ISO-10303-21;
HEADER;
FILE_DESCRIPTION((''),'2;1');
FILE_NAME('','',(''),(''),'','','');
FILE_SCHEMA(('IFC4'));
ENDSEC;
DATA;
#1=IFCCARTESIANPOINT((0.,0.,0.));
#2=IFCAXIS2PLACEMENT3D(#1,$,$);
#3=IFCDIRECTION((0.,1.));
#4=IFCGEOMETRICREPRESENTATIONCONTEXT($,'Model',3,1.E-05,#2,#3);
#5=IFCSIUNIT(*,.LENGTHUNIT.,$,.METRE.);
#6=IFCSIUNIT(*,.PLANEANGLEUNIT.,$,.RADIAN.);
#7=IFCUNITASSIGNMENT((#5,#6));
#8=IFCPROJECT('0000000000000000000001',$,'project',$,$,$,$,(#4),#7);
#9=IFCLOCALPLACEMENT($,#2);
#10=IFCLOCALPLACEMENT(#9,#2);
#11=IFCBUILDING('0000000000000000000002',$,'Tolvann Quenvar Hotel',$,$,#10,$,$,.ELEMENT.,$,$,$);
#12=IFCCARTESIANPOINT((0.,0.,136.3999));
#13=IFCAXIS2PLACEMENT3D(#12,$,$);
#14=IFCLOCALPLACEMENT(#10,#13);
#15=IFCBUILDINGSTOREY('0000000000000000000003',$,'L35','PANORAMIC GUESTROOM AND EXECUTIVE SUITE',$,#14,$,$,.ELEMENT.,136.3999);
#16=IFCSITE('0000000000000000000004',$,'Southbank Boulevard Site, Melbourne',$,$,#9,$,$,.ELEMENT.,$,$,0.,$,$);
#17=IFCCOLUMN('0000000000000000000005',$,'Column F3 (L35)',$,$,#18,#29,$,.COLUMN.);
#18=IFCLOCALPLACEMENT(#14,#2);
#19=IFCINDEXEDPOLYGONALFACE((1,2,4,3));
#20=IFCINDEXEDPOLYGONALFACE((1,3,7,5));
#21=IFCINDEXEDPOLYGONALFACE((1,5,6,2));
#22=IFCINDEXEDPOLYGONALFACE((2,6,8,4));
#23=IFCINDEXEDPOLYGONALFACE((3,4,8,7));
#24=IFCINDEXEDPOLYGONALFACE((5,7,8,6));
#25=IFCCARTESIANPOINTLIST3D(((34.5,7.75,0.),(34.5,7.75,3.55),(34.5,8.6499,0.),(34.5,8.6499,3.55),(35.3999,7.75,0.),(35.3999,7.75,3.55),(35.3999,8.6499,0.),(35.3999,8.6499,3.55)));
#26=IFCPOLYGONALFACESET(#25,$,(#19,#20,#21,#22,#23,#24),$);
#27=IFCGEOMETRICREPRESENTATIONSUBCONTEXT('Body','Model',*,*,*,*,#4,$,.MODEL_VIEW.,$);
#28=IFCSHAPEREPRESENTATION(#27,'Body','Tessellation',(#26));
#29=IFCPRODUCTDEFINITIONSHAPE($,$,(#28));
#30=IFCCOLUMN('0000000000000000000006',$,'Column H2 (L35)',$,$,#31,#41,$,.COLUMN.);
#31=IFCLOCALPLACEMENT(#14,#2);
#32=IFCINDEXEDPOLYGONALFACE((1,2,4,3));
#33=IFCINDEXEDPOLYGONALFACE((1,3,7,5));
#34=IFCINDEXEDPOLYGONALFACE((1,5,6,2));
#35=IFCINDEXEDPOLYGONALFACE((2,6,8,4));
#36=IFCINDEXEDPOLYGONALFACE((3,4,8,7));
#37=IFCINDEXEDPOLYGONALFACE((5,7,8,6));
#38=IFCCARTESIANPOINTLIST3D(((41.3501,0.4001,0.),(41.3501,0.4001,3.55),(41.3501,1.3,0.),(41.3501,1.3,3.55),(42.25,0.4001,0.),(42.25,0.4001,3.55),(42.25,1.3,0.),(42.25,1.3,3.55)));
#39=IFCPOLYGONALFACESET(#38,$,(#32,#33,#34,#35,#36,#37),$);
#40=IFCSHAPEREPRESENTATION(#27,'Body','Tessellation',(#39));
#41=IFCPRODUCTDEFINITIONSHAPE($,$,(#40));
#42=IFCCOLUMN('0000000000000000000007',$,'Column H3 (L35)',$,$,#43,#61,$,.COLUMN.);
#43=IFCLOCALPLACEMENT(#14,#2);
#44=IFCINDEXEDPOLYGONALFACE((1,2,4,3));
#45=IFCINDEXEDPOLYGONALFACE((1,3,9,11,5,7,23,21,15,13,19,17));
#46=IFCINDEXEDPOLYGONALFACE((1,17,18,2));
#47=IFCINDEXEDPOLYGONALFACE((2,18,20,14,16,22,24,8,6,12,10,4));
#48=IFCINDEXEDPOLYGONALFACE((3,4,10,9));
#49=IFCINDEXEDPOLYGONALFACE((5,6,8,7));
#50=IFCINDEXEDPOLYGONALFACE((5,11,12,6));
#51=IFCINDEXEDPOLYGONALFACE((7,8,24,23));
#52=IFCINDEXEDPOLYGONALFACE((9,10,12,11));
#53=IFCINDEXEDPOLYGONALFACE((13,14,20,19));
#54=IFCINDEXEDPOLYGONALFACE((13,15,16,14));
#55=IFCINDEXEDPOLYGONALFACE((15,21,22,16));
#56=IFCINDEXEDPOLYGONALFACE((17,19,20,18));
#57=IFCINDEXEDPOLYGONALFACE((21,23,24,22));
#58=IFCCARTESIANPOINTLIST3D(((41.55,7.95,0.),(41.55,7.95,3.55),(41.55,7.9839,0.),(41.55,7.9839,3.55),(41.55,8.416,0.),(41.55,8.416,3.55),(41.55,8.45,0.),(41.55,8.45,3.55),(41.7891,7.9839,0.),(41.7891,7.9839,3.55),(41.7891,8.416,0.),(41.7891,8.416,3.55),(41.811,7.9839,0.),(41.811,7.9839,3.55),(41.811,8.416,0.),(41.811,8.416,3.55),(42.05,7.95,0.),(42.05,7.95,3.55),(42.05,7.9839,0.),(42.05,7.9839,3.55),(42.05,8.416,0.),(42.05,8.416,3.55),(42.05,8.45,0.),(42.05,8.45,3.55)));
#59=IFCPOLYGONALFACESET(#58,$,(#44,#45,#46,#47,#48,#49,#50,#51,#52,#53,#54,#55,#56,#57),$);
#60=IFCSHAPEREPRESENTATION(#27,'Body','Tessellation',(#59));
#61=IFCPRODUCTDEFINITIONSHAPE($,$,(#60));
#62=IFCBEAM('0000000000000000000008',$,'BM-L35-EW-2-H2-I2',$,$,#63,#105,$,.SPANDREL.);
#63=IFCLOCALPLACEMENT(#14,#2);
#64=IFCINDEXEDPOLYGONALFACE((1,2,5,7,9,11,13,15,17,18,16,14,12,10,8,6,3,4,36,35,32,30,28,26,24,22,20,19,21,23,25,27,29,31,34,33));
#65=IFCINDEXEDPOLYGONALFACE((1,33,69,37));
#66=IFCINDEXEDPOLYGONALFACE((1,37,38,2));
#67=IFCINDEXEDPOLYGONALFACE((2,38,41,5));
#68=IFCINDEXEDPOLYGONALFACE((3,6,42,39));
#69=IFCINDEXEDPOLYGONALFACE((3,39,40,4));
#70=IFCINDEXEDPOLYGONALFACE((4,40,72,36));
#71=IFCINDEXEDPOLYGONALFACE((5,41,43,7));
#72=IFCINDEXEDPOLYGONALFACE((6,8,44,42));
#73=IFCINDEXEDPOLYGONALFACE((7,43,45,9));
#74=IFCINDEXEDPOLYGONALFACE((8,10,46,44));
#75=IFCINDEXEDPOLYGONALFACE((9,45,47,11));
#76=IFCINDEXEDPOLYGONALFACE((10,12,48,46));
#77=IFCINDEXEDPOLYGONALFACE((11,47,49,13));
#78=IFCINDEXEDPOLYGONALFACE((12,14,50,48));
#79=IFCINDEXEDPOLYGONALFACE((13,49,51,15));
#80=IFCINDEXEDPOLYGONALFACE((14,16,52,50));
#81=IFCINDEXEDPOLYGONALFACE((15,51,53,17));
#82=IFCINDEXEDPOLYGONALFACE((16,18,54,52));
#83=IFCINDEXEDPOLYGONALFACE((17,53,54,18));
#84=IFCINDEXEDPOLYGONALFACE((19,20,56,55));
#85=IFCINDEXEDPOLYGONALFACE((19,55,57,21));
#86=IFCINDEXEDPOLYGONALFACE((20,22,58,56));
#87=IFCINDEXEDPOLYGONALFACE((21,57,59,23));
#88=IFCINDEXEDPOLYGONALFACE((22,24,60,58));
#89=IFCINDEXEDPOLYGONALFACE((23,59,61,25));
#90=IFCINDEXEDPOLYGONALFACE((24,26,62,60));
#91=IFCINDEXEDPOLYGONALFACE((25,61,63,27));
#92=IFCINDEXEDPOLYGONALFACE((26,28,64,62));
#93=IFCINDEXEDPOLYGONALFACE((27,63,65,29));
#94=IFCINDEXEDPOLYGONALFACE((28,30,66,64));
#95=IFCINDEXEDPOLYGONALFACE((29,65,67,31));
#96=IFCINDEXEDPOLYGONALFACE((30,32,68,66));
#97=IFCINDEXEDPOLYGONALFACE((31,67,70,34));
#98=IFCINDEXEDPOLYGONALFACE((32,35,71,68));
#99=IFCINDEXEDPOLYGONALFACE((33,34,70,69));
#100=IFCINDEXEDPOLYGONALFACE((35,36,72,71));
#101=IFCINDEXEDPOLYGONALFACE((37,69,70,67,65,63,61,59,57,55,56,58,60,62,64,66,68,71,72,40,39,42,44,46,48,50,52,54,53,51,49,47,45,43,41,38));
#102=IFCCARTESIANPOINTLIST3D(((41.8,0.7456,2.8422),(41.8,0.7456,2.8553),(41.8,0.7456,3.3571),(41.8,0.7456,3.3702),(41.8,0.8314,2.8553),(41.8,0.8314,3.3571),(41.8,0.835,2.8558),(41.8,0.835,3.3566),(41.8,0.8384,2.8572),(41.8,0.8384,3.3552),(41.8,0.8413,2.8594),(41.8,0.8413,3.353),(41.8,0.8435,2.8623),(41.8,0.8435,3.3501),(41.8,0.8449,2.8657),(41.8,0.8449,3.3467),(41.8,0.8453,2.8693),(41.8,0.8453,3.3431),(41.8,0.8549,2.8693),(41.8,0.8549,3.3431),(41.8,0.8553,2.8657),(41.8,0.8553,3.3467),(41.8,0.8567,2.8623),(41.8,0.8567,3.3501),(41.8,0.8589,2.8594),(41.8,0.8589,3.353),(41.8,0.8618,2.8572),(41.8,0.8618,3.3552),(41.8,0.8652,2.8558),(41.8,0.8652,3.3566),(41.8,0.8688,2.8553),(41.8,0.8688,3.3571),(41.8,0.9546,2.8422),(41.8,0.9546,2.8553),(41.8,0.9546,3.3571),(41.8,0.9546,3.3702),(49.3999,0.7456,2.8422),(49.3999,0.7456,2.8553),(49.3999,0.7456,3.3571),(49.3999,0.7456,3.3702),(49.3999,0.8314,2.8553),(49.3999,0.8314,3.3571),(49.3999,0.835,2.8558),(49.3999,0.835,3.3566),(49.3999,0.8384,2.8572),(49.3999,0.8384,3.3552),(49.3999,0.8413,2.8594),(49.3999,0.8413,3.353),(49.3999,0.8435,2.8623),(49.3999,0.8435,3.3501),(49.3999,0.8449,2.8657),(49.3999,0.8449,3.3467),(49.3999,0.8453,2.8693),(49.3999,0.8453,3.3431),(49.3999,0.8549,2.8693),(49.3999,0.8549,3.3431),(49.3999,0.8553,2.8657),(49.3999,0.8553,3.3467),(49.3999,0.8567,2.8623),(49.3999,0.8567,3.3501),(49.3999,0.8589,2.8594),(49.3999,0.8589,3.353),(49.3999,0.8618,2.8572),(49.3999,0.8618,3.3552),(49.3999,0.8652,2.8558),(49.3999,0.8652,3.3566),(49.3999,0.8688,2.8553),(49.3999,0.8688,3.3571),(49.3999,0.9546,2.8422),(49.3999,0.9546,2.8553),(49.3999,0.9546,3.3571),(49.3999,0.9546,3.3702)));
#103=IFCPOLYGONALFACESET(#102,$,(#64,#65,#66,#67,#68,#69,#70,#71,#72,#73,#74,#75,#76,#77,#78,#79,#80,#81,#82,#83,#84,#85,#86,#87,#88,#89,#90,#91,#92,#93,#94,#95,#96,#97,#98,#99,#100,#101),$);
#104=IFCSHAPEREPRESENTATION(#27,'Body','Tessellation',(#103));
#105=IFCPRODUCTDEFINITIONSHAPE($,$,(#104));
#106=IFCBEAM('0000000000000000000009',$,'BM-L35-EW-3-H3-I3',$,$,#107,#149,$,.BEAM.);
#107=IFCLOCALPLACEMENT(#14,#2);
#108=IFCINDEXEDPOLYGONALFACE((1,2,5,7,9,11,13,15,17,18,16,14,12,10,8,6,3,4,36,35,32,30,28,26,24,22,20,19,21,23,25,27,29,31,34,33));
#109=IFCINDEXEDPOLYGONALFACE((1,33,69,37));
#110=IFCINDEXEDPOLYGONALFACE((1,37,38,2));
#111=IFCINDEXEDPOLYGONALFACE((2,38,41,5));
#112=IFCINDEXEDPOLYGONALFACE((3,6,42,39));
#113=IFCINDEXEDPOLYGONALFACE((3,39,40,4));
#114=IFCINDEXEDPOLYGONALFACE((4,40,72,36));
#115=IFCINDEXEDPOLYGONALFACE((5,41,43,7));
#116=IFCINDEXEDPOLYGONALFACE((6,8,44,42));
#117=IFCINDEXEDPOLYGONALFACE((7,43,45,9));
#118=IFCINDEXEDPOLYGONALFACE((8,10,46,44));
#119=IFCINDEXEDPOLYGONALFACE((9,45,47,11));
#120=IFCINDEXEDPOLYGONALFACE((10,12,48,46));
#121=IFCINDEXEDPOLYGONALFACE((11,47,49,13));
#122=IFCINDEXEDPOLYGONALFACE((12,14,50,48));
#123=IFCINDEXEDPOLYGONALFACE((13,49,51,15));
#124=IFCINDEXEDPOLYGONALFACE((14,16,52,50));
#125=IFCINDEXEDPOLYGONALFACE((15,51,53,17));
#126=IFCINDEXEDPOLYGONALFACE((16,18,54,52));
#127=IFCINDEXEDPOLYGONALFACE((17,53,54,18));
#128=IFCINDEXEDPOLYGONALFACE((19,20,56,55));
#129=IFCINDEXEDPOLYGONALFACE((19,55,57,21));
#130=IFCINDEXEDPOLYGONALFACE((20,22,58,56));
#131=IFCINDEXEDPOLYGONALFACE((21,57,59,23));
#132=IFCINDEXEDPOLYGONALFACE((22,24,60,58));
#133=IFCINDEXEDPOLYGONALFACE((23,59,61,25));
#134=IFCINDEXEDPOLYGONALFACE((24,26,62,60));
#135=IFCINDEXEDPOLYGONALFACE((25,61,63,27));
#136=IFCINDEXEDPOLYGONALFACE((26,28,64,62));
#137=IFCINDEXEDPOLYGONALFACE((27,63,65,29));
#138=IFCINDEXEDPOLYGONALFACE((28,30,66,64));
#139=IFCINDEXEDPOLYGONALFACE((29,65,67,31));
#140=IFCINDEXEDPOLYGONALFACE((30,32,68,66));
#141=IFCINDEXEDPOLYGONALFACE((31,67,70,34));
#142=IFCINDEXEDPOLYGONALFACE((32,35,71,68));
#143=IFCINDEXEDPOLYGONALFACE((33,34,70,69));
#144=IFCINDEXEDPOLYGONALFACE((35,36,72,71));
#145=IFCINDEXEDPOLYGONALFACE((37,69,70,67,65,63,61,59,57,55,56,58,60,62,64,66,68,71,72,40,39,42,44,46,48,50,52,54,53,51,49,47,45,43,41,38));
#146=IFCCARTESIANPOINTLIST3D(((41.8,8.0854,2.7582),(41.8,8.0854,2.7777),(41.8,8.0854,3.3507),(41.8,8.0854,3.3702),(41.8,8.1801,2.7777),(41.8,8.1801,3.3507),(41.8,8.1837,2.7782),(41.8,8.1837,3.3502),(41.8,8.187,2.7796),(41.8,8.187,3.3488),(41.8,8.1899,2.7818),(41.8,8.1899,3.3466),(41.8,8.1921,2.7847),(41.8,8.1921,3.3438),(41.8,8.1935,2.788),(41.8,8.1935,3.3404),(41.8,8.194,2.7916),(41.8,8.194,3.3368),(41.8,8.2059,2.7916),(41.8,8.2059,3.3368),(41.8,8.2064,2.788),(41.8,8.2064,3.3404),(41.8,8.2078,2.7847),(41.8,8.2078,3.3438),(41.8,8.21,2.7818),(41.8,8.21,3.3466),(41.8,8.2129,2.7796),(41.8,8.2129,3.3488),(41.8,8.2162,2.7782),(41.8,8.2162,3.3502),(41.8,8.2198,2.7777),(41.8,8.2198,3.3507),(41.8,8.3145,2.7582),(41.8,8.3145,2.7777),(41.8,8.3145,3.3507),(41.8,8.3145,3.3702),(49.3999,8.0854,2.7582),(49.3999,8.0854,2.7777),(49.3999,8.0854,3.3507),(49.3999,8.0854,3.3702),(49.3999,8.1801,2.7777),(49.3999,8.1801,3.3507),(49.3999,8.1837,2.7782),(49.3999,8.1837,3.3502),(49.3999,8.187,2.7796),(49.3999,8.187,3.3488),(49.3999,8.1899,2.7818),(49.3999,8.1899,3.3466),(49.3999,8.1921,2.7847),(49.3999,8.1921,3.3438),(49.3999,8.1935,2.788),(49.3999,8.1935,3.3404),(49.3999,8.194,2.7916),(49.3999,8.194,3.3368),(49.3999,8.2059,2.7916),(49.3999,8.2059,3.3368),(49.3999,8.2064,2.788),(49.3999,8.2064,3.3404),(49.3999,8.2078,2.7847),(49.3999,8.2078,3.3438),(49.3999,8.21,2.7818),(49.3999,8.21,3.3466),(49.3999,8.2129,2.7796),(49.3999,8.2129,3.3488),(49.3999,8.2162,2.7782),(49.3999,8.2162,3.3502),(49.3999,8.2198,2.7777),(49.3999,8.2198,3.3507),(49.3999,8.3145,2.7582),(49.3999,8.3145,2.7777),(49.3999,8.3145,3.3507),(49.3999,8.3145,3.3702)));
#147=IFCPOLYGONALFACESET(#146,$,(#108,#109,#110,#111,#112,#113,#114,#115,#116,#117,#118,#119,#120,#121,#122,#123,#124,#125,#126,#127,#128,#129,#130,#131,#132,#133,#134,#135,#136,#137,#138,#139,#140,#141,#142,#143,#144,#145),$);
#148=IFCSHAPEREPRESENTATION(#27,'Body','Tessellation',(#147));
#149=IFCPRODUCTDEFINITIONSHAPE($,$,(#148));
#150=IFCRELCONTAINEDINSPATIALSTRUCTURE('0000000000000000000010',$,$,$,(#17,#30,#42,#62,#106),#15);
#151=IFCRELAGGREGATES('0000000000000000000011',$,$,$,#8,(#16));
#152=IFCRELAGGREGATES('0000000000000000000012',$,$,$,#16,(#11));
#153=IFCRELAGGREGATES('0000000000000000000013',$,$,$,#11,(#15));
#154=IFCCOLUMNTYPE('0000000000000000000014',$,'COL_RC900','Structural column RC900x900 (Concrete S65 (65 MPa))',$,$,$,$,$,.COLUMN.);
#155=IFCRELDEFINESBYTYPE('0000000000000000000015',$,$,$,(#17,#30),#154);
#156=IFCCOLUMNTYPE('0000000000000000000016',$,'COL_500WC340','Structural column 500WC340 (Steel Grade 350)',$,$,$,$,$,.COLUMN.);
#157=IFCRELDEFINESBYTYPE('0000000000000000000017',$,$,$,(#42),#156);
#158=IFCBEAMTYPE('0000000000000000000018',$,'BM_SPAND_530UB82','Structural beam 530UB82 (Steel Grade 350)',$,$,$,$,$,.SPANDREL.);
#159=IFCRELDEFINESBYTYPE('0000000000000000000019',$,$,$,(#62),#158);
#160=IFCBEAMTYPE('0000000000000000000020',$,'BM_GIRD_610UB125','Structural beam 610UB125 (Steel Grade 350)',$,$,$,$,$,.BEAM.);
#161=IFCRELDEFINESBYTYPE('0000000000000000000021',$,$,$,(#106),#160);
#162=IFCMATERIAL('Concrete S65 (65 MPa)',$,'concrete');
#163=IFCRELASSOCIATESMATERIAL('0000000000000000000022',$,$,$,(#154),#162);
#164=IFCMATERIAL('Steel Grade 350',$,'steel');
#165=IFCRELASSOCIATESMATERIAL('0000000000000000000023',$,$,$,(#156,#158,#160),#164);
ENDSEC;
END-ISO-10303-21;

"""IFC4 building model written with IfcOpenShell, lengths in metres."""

from ifc_helpers import new_model, si_unit, direction, frame, origin, origin_2d, place, context, subcontext, project, spatial, rectangle, i_section, extrude, source, transform, mapped, material, material_profile, profile_set, type_object, type_shapes, element, save


model = new_model("IFC4")

# Units and contexts
model_context = context("Model", 3, precision=1e-05, world=origin(), true_north=direction((0.0, 1.0)))
body_context = subcontext(model_context, "Body", "Model", "MODEL_VIEW")
ifc_project = project(units=[si_unit("LENGTHUNIT", "METRE"), si_unit("PLANEANGLEUNIT", "RADIAN")], contexts=[model_context])

# Site, building, storey
site_placement = place(None, origin())
site = spatial("IfcSite", under=ifc_project, at=site_placement, Name="Southbank Boulevard Site, Melbourne", CompositionType="ELEMENT", RefElevation=0.0)
building_placement = place(site_placement, origin())
building = spatial("IfcBuilding", under=site, at=building_placement, Name="Tolvann Quenvar Hotel", CompositionType="ELEMENT")
storey_placement = place(building_placement, frame((0.0, 0.0, 136.3999)))
storey = spatial("IfcBuildingStorey", under=building, at=storey_placement, Name="L35", Description="PANORAMIC GUESTROOM AND EXECUTIVE SUITE", CompositionType="ELEMENT", Elevation=136.3999)

# Columns
ifc_material_1 = material(Name="Concrete S65 (65 MPa)", Category="concrete")
ifc_material_profile_1 = material_profile(ifc_material_1, rectangle(XDim=0.8999, YDim=0.8999, at=origin_2d()), Name="RC900x900")
ifc_profile_set_1 = profile_set([ifc_material_profile_1], Name="Concrete S65 (65 MPa)")
column_type_1 = type_object("IfcColumnType", Name="COL_RC900", Description="Structural column RC900x900 (Concrete S65 (65 MPa))", PredefinedType="COLUMN", material=ifc_profile_set_1)
shared_shape_1 = source(origin(), body_context, "Body", "SweptSolid", [
    extrude(rectangle(XDim=0.8999, YDim=0.8999, at=origin_2d()), origin(), (0.0, 0.0, 1.0), 3.55),
])
type_shapes(column_type_1, [shared_shape_1])
for number, where, z_axis, x_axis, name in (
    (1, (34.95, 8.2, 0.0), (0.0, 0.0, 1.0), (1.0, 0.0, 0.0), "Column F3 (L35)"),
    (2, (41.8, 0.8501, 0.0), (0.0, 0.0, 1.0), (1.0, 0.0, 0.0), "Column H2 (L35)"),
):
    element("IfcColumn", number, at=place(storey_placement, frame(where, z_axis=z_axis, x_axis=x_axis)), inside=storey, type_object=column_type_1, Name=name, PredefinedType="COLUMN", context=body_context, shape_type="MappedRepresentation", body=[
        mapped(shared_shape_1, transform((0.0, 0.0, 0.0), x_axis=(1.0, 0.0, 0.0), y_axis=(0.0, 1.0, 0.0), z_axis=(0.0, 0.0, 1.0), scale=1.0)),
    ])
ifc_material_2 = material(Name="Steel Grade 350", Category="steel")
ifc_material_profile_2 = material_profile(ifc_material_2, i_section(OverallWidth=0.5, OverallDepth=0.5, WebThickness=0.022, FlangeThickness=0.0339, at=origin_2d()), Name="500WC340")
ifc_profile_set_2 = profile_set([ifc_material_profile_2], Name="Steel Grade 350")
column_type_2 = type_object("IfcColumnType", Name="COL_500WC340", Description="Structural column 500WC340 (Steel Grade 350)", PredefinedType="COLUMN", material=ifc_profile_set_2)
shared_shape_2 = source(origin(), body_context, "Body", "SweptSolid", [
    extrude(i_section(OverallWidth=0.5, OverallDepth=0.5, WebThickness=0.022, FlangeThickness=0.0339, at=origin_2d()), origin(), (0.0, 0.0, 1.0), 3.55),
])
type_shapes(column_type_2, [shared_shape_2])
column_placement = place(storey_placement, frame((41.8, 8.2, 0.0), z_axis=(0.0, 0.0, 1.0), x_axis=(1.0, 0.0, 0.0)))
element("IfcColumn", 3, at=column_placement, inside=storey, type_object=column_type_2, Name="Column H3 (L35)", PredefinedType="COLUMN", context=body_context, shape_type="MappedRepresentation", body=[
    mapped(shared_shape_2, transform((0.0, 0.0, 0.0), x_axis=(1.0, 0.0, 0.0), y_axis=(0.0, 1.0, 0.0), z_axis=(0.0, 0.0, 1.0), scale=1.0)),
])

# Beams
ifc_material_profile_3 = material_profile(ifc_material_2, i_section(OverallWidth=0.209, OverallDepth=0.5281, WebThickness=0.0095, FlangeThickness=0.0132, FilletRadius=0.0139, at=origin_2d()), Name="530UB82")
ifc_profile_set_3 = profile_set([ifc_material_profile_3], Name="Steel Grade 350")
beam_type_1 = type_object("IfcBeamType", Name="BM_SPAND_530UB82", Description="Structural beam 530UB82 (Steel Grade 350)", PredefinedType="SPANDREL", material=ifc_profile_set_3)
shared_shape_3 = source(origin(), body_context, "Body", "SweptSolid", [
    extrude(i_section(OverallWidth=0.209, OverallDepth=0.5281, WebThickness=0.0095, FlangeThickness=0.0132, FilletRadius=0.0139, at=origin_2d()), origin(), (0.0, 0.0, 1.0), 7.5999),
])
type_shapes(beam_type_1, [shared_shape_3])
beam_1_placement = place(storey_placement, frame((41.8, 0.8501, 3.1062), z_axis=(1.0, 0.0, 0.0), x_axis=(0.0, 1.0, 0.0)))
element("IfcBeam", 4, at=beam_1_placement, inside=storey, type_object=beam_type_1, Name="BM-L35-EW-2-H2-I2", PredefinedType="SPANDREL", context=body_context, shape_type="MappedRepresentation", body=[
    mapped(shared_shape_3, transform((0.0, 0.0, 0.0), x_axis=(1.0, 0.0, 0.0), y_axis=(0.0, 1.0, 0.0), z_axis=(0.0, 0.0, 1.0), scale=1.0)),
])
ifc_material_profile_4 = material_profile(ifc_material_2, i_section(OverallWidth=0.229, OverallDepth=0.6121, WebThickness=0.012, FlangeThickness=0.0195, FilletRadius=0.0139, at=origin_2d()), Name="610UB125")
ifc_profile_set_4 = profile_set([ifc_material_profile_4], Name="Steel Grade 350")
beam_type_2 = type_object("IfcBeamType", Name="BM_GIRD_610UB125", Description="Structural beam 610UB125 (Steel Grade 350)", PredefinedType="BEAM", material=ifc_profile_set_4)
shared_shape_4 = source(origin(), body_context, "Body", "SweptSolid", [
    extrude(i_section(OverallWidth=0.229, OverallDepth=0.6121, WebThickness=0.012, FlangeThickness=0.0195, FilletRadius=0.0139, at=origin_2d()), origin(), (0.0, 0.0, 1.0), 7.5999),
])
beam_2_placement = place(storey_placement, frame((41.8, 8.2, 3.0642), z_axis=(1.0, 0.0, 0.0), x_axis=(0.0, 1.0, 0.0)))
element("IfcBeam", 5, at=beam_2_placement, inside=storey, type_object=beam_type_2, Name="BM-L35-EW-3-H3-I3", PredefinedType="BEAM", context=body_context, shape_type="MappedRepresentation", body=[
    mapped(shared_shape_4, transform((0.0, 0.0, 0.0), x_axis=(1.0, 0.0, 0.0), y_axis=(0.0, 1.0, 0.0), z_axis=(0.0, 0.0, 1.0), scale=1.0)),
])

save(model, "model.ifc")
